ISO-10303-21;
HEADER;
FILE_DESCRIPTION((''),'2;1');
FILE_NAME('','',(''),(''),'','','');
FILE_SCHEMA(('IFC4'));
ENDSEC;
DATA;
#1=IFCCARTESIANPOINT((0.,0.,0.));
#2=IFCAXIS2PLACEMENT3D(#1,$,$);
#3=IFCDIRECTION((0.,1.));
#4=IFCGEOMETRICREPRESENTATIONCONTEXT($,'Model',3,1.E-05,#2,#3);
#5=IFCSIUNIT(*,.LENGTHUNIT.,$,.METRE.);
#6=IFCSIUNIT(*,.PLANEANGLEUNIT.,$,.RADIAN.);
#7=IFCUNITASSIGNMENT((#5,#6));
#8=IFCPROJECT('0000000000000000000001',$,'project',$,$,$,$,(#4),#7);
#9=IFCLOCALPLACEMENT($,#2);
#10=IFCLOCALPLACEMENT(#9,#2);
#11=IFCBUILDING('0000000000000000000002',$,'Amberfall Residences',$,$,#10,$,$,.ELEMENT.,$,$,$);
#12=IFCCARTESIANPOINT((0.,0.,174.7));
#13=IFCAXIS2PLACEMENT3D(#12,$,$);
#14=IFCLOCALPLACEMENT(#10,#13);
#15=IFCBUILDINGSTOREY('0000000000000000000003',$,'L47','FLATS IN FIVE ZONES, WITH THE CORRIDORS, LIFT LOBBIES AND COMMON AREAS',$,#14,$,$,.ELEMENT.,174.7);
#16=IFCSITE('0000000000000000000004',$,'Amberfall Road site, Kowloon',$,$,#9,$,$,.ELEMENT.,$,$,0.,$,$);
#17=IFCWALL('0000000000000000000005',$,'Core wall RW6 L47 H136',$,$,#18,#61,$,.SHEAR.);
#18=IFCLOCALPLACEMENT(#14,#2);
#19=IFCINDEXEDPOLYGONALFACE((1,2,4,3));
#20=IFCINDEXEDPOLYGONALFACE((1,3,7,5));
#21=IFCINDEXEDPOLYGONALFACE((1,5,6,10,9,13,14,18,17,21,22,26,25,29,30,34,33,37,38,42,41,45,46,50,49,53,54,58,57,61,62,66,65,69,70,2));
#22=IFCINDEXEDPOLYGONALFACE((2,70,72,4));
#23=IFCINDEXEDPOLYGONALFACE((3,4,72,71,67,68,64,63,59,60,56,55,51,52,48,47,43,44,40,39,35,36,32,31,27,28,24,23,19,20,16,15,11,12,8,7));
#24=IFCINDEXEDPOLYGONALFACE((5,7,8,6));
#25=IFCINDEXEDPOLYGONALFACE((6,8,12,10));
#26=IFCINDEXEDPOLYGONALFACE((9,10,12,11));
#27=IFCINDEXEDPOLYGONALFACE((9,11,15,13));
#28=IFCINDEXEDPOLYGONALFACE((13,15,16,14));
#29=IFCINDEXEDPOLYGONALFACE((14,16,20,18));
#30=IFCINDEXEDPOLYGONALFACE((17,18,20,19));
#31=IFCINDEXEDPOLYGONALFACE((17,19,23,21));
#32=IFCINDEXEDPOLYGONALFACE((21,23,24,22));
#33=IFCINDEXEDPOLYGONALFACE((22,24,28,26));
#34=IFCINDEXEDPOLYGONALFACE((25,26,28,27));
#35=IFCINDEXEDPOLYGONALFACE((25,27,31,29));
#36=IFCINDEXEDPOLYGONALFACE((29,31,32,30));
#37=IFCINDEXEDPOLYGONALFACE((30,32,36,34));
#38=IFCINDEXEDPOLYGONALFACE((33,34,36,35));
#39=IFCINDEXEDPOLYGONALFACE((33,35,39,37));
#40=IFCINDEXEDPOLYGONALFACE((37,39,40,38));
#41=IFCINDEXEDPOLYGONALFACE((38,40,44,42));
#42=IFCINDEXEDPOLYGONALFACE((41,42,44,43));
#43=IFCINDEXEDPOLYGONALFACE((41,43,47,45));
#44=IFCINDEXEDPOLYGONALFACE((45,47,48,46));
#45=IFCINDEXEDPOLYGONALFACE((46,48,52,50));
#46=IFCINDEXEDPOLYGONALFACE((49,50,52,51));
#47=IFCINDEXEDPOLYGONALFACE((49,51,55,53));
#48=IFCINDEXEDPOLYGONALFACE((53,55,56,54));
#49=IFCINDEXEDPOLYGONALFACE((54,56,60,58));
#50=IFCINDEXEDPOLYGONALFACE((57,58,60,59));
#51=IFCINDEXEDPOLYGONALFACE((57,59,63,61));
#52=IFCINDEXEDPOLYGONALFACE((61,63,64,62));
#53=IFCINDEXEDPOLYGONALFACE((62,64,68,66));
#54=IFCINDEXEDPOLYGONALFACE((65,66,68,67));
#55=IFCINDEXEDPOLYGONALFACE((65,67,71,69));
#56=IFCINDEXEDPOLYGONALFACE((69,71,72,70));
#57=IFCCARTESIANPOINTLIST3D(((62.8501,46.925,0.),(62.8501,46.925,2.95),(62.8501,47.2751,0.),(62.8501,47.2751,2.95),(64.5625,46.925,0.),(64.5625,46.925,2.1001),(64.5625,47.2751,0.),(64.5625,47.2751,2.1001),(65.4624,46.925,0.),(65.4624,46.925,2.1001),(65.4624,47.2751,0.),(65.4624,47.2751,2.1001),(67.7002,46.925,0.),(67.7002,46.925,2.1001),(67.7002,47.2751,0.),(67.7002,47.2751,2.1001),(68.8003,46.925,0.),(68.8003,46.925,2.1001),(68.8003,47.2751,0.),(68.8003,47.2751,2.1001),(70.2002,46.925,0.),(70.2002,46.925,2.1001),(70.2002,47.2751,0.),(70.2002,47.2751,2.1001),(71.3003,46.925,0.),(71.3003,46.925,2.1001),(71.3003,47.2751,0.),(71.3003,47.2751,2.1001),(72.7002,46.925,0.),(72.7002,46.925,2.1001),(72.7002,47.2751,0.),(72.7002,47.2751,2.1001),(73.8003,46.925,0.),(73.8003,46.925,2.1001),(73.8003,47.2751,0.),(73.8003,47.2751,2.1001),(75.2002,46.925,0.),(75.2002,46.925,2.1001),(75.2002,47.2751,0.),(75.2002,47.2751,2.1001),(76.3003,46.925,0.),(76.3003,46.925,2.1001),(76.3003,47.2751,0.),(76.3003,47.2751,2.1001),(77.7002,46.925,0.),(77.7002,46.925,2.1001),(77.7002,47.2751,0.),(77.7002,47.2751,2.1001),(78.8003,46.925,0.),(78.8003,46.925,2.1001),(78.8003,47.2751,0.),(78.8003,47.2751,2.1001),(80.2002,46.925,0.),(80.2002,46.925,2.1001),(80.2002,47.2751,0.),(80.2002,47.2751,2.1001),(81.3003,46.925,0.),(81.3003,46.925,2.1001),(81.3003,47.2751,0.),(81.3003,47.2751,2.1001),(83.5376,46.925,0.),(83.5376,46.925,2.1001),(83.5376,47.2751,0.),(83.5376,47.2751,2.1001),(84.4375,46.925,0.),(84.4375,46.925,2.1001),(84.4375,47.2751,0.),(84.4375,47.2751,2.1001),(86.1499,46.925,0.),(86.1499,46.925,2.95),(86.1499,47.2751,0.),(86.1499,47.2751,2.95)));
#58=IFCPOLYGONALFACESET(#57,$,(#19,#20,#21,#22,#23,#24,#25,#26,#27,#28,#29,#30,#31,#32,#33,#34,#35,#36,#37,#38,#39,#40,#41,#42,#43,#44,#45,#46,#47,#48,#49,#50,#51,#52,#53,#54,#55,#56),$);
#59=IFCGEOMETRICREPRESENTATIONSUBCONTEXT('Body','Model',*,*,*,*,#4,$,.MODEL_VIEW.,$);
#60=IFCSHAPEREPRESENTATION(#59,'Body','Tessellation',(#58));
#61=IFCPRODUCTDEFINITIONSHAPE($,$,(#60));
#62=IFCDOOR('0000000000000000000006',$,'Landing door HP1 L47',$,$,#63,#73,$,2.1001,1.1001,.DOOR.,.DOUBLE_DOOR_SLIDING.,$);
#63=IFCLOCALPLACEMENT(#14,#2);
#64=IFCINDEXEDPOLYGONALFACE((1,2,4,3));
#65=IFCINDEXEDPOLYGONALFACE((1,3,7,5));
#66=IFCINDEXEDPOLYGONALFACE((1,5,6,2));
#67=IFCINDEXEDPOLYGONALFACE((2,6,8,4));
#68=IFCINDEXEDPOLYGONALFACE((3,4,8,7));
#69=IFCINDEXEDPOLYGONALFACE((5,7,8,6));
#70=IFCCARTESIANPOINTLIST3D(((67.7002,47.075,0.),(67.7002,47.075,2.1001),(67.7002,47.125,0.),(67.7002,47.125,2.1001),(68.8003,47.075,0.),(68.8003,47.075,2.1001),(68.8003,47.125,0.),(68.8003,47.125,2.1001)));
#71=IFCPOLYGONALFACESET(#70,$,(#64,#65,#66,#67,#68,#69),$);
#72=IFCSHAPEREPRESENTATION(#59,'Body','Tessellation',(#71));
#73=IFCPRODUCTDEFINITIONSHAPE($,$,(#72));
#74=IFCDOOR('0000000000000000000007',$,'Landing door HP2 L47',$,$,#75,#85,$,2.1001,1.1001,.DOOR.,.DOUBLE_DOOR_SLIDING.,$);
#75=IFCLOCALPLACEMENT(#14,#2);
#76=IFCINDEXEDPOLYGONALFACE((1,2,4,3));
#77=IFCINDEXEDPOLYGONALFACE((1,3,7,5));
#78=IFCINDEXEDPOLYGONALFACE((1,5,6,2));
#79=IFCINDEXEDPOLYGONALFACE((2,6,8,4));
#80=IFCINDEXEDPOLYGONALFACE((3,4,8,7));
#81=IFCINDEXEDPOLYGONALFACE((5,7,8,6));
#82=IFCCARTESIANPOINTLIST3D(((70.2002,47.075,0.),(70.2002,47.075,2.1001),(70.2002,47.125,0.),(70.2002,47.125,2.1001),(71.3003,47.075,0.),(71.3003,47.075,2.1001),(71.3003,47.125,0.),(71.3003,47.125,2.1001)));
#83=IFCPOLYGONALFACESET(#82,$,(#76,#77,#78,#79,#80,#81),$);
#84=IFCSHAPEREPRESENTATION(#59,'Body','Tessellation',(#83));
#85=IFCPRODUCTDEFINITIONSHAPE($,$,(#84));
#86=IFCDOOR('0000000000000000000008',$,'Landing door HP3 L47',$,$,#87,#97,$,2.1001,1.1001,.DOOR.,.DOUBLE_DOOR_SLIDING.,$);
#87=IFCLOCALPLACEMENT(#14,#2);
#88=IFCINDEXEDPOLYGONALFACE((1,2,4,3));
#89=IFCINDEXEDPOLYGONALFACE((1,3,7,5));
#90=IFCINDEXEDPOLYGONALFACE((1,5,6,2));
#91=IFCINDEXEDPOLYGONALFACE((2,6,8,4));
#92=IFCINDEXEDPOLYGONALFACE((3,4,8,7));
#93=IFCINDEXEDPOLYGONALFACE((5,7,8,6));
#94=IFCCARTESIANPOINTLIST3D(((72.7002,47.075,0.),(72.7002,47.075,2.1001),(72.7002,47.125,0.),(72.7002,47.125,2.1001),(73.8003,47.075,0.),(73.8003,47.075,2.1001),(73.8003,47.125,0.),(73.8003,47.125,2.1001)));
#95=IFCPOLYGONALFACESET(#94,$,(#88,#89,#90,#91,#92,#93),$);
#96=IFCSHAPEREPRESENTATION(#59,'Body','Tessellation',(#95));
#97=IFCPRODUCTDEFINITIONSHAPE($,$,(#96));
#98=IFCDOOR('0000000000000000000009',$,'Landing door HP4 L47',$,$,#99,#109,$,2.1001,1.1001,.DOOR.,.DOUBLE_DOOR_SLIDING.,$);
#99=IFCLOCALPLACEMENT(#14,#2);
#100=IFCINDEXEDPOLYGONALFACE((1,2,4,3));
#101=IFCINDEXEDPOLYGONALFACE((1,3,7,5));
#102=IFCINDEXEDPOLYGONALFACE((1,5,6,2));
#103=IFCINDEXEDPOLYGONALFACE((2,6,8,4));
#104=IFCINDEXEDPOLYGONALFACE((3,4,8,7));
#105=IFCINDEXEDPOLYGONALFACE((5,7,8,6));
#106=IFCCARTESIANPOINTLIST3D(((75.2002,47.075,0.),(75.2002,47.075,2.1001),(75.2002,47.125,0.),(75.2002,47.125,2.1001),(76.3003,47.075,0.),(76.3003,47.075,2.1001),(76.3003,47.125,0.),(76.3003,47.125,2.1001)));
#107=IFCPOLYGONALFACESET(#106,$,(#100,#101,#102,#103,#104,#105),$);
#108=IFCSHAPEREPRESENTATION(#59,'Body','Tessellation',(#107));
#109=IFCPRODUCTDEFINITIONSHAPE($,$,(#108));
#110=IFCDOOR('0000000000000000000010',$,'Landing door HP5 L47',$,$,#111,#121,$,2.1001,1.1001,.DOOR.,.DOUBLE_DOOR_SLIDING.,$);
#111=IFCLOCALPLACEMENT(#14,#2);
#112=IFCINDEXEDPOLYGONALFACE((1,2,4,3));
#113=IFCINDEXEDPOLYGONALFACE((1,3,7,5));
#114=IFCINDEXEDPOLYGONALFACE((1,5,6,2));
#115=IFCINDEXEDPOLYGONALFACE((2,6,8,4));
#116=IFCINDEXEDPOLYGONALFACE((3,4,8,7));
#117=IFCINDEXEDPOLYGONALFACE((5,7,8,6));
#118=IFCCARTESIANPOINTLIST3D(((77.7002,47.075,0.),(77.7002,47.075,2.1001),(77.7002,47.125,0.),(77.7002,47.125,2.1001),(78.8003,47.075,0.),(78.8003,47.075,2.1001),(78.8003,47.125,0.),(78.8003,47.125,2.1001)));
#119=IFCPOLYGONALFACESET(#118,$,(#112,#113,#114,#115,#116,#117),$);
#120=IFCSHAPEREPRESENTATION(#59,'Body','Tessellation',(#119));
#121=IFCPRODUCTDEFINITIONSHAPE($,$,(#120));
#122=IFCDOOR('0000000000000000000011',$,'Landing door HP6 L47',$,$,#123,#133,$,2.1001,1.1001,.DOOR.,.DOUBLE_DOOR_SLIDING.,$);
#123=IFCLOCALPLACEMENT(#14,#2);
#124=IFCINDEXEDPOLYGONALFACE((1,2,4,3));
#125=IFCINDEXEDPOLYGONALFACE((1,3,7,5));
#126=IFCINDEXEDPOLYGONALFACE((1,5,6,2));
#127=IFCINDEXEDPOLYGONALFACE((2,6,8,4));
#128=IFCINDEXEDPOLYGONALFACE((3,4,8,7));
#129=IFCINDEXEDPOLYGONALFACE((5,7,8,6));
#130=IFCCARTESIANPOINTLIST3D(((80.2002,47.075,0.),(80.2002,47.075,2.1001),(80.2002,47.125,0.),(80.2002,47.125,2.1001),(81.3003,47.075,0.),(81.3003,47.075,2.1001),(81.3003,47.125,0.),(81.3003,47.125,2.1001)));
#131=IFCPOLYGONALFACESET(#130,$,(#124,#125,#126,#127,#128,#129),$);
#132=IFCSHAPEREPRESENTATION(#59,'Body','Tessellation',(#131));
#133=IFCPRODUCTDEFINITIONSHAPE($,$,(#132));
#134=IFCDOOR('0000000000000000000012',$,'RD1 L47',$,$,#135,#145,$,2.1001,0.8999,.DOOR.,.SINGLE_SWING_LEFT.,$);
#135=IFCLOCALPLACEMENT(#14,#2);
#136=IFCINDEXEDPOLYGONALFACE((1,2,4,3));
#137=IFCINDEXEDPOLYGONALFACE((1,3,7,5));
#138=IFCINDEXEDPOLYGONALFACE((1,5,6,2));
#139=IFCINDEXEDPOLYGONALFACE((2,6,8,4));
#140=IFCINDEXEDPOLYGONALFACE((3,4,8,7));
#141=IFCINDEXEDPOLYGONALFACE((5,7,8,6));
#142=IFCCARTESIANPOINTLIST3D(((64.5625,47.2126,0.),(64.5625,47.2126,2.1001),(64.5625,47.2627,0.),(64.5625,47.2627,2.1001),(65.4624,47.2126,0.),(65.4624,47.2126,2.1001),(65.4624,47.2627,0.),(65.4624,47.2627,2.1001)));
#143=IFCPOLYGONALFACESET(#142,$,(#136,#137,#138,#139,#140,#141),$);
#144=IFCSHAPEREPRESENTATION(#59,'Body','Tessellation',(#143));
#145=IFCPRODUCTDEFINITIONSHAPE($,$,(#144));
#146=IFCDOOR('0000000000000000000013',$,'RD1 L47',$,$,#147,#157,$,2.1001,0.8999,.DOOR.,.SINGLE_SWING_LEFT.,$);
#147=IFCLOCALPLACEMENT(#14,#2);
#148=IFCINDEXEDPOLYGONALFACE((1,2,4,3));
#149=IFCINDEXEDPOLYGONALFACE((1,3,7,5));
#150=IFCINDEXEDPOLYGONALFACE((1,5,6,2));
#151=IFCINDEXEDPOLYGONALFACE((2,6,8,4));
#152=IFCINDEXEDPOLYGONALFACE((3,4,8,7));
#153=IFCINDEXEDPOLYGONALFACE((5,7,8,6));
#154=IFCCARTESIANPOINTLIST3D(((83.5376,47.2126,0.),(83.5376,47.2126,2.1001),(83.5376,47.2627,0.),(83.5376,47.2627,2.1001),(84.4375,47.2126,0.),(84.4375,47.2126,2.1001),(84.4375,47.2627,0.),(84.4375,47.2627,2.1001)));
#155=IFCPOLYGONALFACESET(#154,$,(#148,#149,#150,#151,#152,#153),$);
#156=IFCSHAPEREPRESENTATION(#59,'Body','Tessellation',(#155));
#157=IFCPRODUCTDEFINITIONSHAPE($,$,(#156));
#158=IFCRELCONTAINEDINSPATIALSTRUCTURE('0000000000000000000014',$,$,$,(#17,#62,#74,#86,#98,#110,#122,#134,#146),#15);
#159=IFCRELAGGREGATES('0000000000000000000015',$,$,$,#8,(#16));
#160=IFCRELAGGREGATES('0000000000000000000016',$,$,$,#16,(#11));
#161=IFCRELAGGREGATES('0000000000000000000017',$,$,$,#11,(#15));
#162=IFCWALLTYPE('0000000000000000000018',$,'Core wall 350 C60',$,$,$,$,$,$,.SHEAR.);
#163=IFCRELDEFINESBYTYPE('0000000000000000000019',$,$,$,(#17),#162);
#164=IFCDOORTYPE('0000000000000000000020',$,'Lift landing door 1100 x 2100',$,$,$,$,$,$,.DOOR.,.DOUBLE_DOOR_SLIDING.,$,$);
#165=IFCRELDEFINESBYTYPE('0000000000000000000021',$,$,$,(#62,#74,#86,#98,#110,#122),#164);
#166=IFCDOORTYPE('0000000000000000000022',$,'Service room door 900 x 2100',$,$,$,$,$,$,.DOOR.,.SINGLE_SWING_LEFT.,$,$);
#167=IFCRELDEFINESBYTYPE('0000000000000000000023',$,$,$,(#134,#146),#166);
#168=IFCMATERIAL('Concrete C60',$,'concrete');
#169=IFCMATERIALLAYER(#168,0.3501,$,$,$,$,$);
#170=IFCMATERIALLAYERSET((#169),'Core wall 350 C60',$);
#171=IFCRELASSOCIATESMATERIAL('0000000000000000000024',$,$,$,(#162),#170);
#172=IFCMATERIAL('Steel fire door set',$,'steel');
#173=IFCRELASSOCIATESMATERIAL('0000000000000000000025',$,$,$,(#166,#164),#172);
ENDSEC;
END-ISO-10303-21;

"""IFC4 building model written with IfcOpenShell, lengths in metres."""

from ifc_helpers import new_model, si_unit, direction, frame, frame_2d, origin, place, context, subcontext, project, spatial, rectangle, extrude, material, layer, layer_set, type_object, element, fill, save


model = new_model("IFC4")

# Units and contexts
model_context = context("Model", 3, precision=1e-05, world=origin(), true_north=direction((0.0, 1.0)))
body_context = subcontext(model_context, "Body", "Model", "MODEL_VIEW")
ifc_project = project(units=[si_unit("LENGTHUNIT", "METRE"), si_unit("PLANEANGLEUNIT", "RADIAN")], contexts=[model_context])

# Site, building, storey
site_placement = place(None, origin())
site = spatial("IfcSite", under=ifc_project, at=site_placement, Name="Amberfall Road site, Kowloon", CompositionType="ELEMENT", RefElevation=0.0)
building_placement = place(site_placement, origin())
building = spatial("IfcBuilding", under=site, at=building_placement, Name="Amberfall Residences", CompositionType="ELEMENT")
storey_placement = place(building_placement, frame((0.0, 0.0, 174.7)))
storey = spatial("IfcBuildingStorey", under=building, at=storey_placement, Name="L47", Description="FLATS IN FIVE ZONES, WITH THE CORRIDORS, LIFT LOBBIES AND COMMON AREAS", CompositionType="ELEMENT", Elevation=174.7)

# Shared definitions
ifc_material_1 = material(Name="Concrete C60", Category="concrete")
ifc_layer_1 = layer(ifc_material_1, 0.3501)
ifc_layer_set_1 = layer_set([ifc_layer_1], Name="Core wall 350 C60")
wall_type_1 = type_object("IfcWallType", Name="Core wall 350 C60", PredefinedType="SHEAR", material=ifc_layer_set_1)

# Wall, openings, doors
ifc_material_2 = material(Name="Steel fire door set", Category="steel")
door_type_1 = type_object("IfcDoorType", Name="Service room door 900 x 2100", OperationType="SINGLE_SWING_LEFT", PredefinedType="DOOR", material=ifc_material_2)
wall_1_placement = place(storey_placement, frame((62.8501, 47.1001, 0.0), z_axis=(0.0, 0.0, 1.0), x_axis=(1.0, 0.0, 0.0)))
wall_1 = element("IfcWall", 1, at=wall_1_placement, inside=storey, type_object=wall_type_1, Name="Core wall RW6 L47 H136", PredefinedType="SHEAR", context=body_context, shape_type="SweptSolid", body=[
    extrude(rectangle(XDim=23.2998, YDim=0.3501, at=frame_2d((11.6499, 0.0))), origin(), (0.0, 0.0, 1.0), 2.95),
])
opening_1_placement = place(wall_1_placement, frame((1.7124, 0.0, 0.0)))
opening_1 = element("IfcOpeningElement", 2, at=opening_1_placement, cuts=wall_1, PredefinedType="OPENING", context=body_context, shape_type="SweptSolid", body=[
    extrude(rectangle(XDim=0.8999, YDim=2.1001, at=frame_2d((0.45, 1.05))), frame((0.0, 0.1851, 0.0), z_axis=(0.0, -1.0, 0.0), x_axis=(1.0, 0.0, 0.0)), (0.0, 0.0, 1.0), 0.3701),
])
opening_2_placement = place(wall_1_placement, frame((20.6875, 0.0, 0.0)))
opening_2 = element("IfcOpeningElement", 3, at=opening_2_placement, cuts=wall_1, PredefinedType="OPENING", context=body_context, shape_type="SweptSolid", body=[
    extrude(rectangle(XDim=0.8999, YDim=2.1001, at=frame_2d((0.45, 1.05))), frame((0.0, 0.1851, 0.0), z_axis=(0.0, -1.0, 0.0), x_axis=(1.0, 0.0, 0.0)), (0.0, 0.0, 1.0), 0.3701),
])
opening_3_placement = place(wall_1_placement, frame((4.8501, 0.0, 0.0)))
opening_3 = element("IfcOpeningElement", 4, at=opening_3_placement, cuts=wall_1, PredefinedType="OPENING", context=body_context, shape_type="SweptSolid", body=[
    extrude(rectangle(XDim=1.1001, YDim=2.1001, at=frame_2d((0.55, 1.05))), frame((0.0, 0.1851, 0.0), z_axis=(0.0, -1.0, 0.0), x_axis=(1.0, 0.0, 0.0)), (0.0, 0.0, 1.0), 0.3701),
])
opening_4_placement = place(wall_1_placement, frame((7.3501, 0.0, 0.0)))
opening_4 = element("IfcOpeningElement", 5, at=opening_4_placement, cuts=wall_1, PredefinedType="OPENING", context=body_context, shape_type="SweptSolid", body=[
    extrude(rectangle(XDim=1.1001, YDim=2.1001, at=frame_2d((0.55, 1.05))), frame((0.0, 0.1851, 0.0), z_axis=(0.0, -1.0, 0.0), x_axis=(1.0, 0.0, 0.0)), (0.0, 0.0, 1.0), 0.3701),
])
opening_5_placement = place(wall_1_placement, frame((9.8501, 0.0, 0.0)))
opening_5 = element("IfcOpeningElement", 6, at=opening_5_placement, cuts=wall_1, PredefinedType="OPENING", context=body_context, shape_type="SweptSolid", body=[
    extrude(rectangle(XDim=1.1001, YDim=2.1001, at=frame_2d((0.55, 1.05))), frame((0.0, 0.1851, 0.0), z_axis=(0.0, -1.0, 0.0), x_axis=(1.0, 0.0, 0.0)), (0.0, 0.0, 1.0), 0.3701),
])
opening_6_placement = place(wall_1_placement, frame((12.3501, 0.0, 0.0)))
opening_6 = element("IfcOpeningElement", 7, at=opening_6_placement, cuts=wall_1, PredefinedType="OPENING", context=body_context, shape_type="SweptSolid", body=[
    extrude(rectangle(XDim=1.1001, YDim=2.1001, at=frame_2d((0.55, 1.05))), frame((0.0, 0.1851, 0.0), z_axis=(0.0, -1.0, 0.0), x_axis=(1.0, 0.0, 0.0)), (0.0, 0.0, 1.0), 0.3701),
])
opening_7_placement = place(wall_1_placement, frame((14.8501, 0.0, 0.0)))
opening_7 = element("IfcOpeningElement", 8, at=opening_7_placement, cuts=wall_1, PredefinedType="OPENING", context=body_context, shape_type="SweptSolid", body=[
    extrude(rectangle(XDim=1.1001, YDim=2.1001, at=frame_2d((0.55, 1.05))), frame((0.0, 0.1851, 0.0), z_axis=(0.0, -1.0, 0.0), x_axis=(1.0, 0.0, 0.0)), (0.0, 0.0, 1.0), 0.3701),
])
opening_8_placement = place(wall_1_placement, frame((17.3501, 0.0, 0.0)))
opening_8 = element("IfcOpeningElement", 9, at=opening_8_placement, cuts=wall_1, PredefinedType="OPENING", context=body_context, shape_type="SweptSolid", body=[
    extrude(rectangle(XDim=1.1001, YDim=2.1001, at=frame_2d((0.55, 1.05))), frame((0.0, 0.1851, 0.0), z_axis=(0.0, -1.0, 0.0), x_axis=(1.0, 0.0, 0.0)), (0.0, 0.0, 1.0), 0.3701),
])
door_type_2 = type_object("IfcDoorType", Name="Lift landing door 1100 x 2100", OperationType="DOUBLE_DOOR_SLIDING", PredefinedType="DOOR", material=ifc_material_2)
door_1_placement = place(opening_3_placement, origin())
door_1 = element("IfcDoor", 10, at=door_1_placement, inside=storey, type_object=door_type_2, Name="Landing door HP1 L47", OperationType="DOUBLE_DOOR_SLIDING", OverallHeight=2.1001, OverallWidth=1.1001, PredefinedType="DOOR", context=body_context, shape_type="SweptSolid", body=[
    extrude(rectangle(XDim=1.1001, YDim=2.1001, at=frame_2d((0.55, 1.05))), frame((0.0, 0.0249, 0.0), z_axis=(0.0, -1.0, 0.0), x_axis=(1.0, 0.0, 0.0)), (0.0, 0.0, 1.0), 0.05),
])
fill(opening_3, door_1)
door_2_placement = place(opening_4_placement, origin())
door_2 = element("IfcDoor", 11, at=door_2_placement, inside=storey, type_object=door_type_2, Name="Landing door HP2 L47", OperationType="DOUBLE_DOOR_SLIDING", OverallHeight=2.1001, OverallWidth=1.1001, PredefinedType="DOOR", context=body_context, shape_type="SweptSolid", body=[
    extrude(rectangle(XDim=1.1001, YDim=2.1001, at=frame_2d((0.55, 1.05))), frame((0.0, 0.0249, 0.0), z_axis=(0.0, -1.0, 0.0), x_axis=(1.0, 0.0, 0.0)), (0.0, 0.0, 1.0), 0.05),
])
fill(opening_4, door_2)
door_3_placement = place(opening_5_placement, origin())
door_3 = element("IfcDoor", 12, at=door_3_placement, inside=storey, type_object=door_type_2, Name="Landing door HP3 L47", OperationType="DOUBLE_DOOR_SLIDING", OverallHeight=2.1001, OverallWidth=1.1001, PredefinedType="DOOR", context=body_context, shape_type="SweptSolid", body=[
    extrude(rectangle(XDim=1.1001, YDim=2.1001, at=frame_2d((0.55, 1.05))), frame((0.0, 0.0249, 0.0), z_axis=(0.0, -1.0, 0.0), x_axis=(1.0, 0.0, 0.0)), (0.0, 0.0, 1.0), 0.05),
])
fill(opening_5, door_3)
door_4_placement = place(opening_6_placement, origin())
door_4 = element("IfcDoor", 13, at=door_4_placement, inside=storey, type_object=door_type_2, Name="Landing door HP4 L47", OperationType="DOUBLE_DOOR_SLIDING", OverallHeight=2.1001, OverallWidth=1.1001, PredefinedType="DOOR", context=body_context, shape_type="SweptSolid", body=[
    extrude(rectangle(XDim=1.1001, YDim=2.1001, at=frame_2d((0.55, 1.05))), frame((0.0, 0.0249, 0.0), z_axis=(0.0, -1.0, 0.0), x_axis=(1.0, 0.0, 0.0)), (0.0, 0.0, 1.0), 0.05),
])
fill(opening_6, door_4)
door_5_placement = place(opening_7_placement, origin())
door_5 = element("IfcDoor", 14, at=door_5_placement, inside=storey, type_object=door_type_2, Name="Landing door HP5 L47", OperationType="DOUBLE_DOOR_SLIDING", OverallHeight=2.1001, OverallWidth=1.1001, PredefinedType="DOOR", context=body_context, shape_type="SweptSolid", body=[
    extrude(rectangle(XDim=1.1001, YDim=2.1001, at=frame_2d((0.55, 1.05))), frame((0.0, 0.0249, 0.0), z_axis=(0.0, -1.0, 0.0), x_axis=(1.0, 0.0, 0.0)), (0.0, 0.0, 1.0), 0.05),
])
fill(opening_7, door_5)
door_6_placement = place(opening_8_placement, origin())
door_6 = element("IfcDoor", 15, at=door_6_placement, inside=storey, type_object=door_type_2, Name="Landing door HP6 L47", OperationType="DOUBLE_DOOR_SLIDING", OverallHeight=2.1001, OverallWidth=1.1001, PredefinedType="DOOR", context=body_context, shape_type="SweptSolid", body=[
    extrude(rectangle(XDim=1.1001, YDim=2.1001, at=frame_2d((0.55, 1.05))), frame((0.0, 0.0249, 0.0), z_axis=(0.0, -1.0, 0.0), x_axis=(1.0, 0.0, 0.0)), (0.0, 0.0, 1.0), 0.05),
])
fill(opening_8, door_6)
door_7_placement = place(opening_1_placement, origin())
door_7 = element("IfcDoor", 16, at=door_7_placement, inside=storey, type_object=door_type_1, Name="RD1 L47", OperationType="SINGLE_SWING_LEFT", OverallHeight=2.1001, OverallWidth=0.8999, PredefinedType="DOOR", context=body_context, shape_type="SweptSolid", body=[
    extrude(rectangle(XDim=0.8999, YDim=2.1001, at=frame_2d((0.45, 1.05))), frame((0.0, 0.1626, 0.0), z_axis=(0.0, -1.0, 0.0), x_axis=(1.0, 0.0, 0.0)), (0.0, 0.0, 1.0), 0.05),
])
fill(opening_1, door_7)
door_8_placement = place(opening_2_placement, origin())
door_8 = element("IfcDoor", 17, at=door_8_placement, inside=storey, type_object=door_type_1, Name="RD1 L47", OperationType="SINGLE_SWING_LEFT", OverallHeight=2.1001, OverallWidth=0.8999, PredefinedType="DOOR", context=body_context, shape_type="SweptSolid", body=[
    extrude(rectangle(XDim=0.8999, YDim=2.1001, at=frame_2d((0.45, 1.05))), frame((0.0, 0.1626, 0.0), z_axis=(0.0, -1.0, 0.0), x_axis=(1.0, 0.0, 0.0)), (0.0, 0.0, 1.0), 0.05),
])
fill(opening_2, door_8)

save(model, "model.ifc")
